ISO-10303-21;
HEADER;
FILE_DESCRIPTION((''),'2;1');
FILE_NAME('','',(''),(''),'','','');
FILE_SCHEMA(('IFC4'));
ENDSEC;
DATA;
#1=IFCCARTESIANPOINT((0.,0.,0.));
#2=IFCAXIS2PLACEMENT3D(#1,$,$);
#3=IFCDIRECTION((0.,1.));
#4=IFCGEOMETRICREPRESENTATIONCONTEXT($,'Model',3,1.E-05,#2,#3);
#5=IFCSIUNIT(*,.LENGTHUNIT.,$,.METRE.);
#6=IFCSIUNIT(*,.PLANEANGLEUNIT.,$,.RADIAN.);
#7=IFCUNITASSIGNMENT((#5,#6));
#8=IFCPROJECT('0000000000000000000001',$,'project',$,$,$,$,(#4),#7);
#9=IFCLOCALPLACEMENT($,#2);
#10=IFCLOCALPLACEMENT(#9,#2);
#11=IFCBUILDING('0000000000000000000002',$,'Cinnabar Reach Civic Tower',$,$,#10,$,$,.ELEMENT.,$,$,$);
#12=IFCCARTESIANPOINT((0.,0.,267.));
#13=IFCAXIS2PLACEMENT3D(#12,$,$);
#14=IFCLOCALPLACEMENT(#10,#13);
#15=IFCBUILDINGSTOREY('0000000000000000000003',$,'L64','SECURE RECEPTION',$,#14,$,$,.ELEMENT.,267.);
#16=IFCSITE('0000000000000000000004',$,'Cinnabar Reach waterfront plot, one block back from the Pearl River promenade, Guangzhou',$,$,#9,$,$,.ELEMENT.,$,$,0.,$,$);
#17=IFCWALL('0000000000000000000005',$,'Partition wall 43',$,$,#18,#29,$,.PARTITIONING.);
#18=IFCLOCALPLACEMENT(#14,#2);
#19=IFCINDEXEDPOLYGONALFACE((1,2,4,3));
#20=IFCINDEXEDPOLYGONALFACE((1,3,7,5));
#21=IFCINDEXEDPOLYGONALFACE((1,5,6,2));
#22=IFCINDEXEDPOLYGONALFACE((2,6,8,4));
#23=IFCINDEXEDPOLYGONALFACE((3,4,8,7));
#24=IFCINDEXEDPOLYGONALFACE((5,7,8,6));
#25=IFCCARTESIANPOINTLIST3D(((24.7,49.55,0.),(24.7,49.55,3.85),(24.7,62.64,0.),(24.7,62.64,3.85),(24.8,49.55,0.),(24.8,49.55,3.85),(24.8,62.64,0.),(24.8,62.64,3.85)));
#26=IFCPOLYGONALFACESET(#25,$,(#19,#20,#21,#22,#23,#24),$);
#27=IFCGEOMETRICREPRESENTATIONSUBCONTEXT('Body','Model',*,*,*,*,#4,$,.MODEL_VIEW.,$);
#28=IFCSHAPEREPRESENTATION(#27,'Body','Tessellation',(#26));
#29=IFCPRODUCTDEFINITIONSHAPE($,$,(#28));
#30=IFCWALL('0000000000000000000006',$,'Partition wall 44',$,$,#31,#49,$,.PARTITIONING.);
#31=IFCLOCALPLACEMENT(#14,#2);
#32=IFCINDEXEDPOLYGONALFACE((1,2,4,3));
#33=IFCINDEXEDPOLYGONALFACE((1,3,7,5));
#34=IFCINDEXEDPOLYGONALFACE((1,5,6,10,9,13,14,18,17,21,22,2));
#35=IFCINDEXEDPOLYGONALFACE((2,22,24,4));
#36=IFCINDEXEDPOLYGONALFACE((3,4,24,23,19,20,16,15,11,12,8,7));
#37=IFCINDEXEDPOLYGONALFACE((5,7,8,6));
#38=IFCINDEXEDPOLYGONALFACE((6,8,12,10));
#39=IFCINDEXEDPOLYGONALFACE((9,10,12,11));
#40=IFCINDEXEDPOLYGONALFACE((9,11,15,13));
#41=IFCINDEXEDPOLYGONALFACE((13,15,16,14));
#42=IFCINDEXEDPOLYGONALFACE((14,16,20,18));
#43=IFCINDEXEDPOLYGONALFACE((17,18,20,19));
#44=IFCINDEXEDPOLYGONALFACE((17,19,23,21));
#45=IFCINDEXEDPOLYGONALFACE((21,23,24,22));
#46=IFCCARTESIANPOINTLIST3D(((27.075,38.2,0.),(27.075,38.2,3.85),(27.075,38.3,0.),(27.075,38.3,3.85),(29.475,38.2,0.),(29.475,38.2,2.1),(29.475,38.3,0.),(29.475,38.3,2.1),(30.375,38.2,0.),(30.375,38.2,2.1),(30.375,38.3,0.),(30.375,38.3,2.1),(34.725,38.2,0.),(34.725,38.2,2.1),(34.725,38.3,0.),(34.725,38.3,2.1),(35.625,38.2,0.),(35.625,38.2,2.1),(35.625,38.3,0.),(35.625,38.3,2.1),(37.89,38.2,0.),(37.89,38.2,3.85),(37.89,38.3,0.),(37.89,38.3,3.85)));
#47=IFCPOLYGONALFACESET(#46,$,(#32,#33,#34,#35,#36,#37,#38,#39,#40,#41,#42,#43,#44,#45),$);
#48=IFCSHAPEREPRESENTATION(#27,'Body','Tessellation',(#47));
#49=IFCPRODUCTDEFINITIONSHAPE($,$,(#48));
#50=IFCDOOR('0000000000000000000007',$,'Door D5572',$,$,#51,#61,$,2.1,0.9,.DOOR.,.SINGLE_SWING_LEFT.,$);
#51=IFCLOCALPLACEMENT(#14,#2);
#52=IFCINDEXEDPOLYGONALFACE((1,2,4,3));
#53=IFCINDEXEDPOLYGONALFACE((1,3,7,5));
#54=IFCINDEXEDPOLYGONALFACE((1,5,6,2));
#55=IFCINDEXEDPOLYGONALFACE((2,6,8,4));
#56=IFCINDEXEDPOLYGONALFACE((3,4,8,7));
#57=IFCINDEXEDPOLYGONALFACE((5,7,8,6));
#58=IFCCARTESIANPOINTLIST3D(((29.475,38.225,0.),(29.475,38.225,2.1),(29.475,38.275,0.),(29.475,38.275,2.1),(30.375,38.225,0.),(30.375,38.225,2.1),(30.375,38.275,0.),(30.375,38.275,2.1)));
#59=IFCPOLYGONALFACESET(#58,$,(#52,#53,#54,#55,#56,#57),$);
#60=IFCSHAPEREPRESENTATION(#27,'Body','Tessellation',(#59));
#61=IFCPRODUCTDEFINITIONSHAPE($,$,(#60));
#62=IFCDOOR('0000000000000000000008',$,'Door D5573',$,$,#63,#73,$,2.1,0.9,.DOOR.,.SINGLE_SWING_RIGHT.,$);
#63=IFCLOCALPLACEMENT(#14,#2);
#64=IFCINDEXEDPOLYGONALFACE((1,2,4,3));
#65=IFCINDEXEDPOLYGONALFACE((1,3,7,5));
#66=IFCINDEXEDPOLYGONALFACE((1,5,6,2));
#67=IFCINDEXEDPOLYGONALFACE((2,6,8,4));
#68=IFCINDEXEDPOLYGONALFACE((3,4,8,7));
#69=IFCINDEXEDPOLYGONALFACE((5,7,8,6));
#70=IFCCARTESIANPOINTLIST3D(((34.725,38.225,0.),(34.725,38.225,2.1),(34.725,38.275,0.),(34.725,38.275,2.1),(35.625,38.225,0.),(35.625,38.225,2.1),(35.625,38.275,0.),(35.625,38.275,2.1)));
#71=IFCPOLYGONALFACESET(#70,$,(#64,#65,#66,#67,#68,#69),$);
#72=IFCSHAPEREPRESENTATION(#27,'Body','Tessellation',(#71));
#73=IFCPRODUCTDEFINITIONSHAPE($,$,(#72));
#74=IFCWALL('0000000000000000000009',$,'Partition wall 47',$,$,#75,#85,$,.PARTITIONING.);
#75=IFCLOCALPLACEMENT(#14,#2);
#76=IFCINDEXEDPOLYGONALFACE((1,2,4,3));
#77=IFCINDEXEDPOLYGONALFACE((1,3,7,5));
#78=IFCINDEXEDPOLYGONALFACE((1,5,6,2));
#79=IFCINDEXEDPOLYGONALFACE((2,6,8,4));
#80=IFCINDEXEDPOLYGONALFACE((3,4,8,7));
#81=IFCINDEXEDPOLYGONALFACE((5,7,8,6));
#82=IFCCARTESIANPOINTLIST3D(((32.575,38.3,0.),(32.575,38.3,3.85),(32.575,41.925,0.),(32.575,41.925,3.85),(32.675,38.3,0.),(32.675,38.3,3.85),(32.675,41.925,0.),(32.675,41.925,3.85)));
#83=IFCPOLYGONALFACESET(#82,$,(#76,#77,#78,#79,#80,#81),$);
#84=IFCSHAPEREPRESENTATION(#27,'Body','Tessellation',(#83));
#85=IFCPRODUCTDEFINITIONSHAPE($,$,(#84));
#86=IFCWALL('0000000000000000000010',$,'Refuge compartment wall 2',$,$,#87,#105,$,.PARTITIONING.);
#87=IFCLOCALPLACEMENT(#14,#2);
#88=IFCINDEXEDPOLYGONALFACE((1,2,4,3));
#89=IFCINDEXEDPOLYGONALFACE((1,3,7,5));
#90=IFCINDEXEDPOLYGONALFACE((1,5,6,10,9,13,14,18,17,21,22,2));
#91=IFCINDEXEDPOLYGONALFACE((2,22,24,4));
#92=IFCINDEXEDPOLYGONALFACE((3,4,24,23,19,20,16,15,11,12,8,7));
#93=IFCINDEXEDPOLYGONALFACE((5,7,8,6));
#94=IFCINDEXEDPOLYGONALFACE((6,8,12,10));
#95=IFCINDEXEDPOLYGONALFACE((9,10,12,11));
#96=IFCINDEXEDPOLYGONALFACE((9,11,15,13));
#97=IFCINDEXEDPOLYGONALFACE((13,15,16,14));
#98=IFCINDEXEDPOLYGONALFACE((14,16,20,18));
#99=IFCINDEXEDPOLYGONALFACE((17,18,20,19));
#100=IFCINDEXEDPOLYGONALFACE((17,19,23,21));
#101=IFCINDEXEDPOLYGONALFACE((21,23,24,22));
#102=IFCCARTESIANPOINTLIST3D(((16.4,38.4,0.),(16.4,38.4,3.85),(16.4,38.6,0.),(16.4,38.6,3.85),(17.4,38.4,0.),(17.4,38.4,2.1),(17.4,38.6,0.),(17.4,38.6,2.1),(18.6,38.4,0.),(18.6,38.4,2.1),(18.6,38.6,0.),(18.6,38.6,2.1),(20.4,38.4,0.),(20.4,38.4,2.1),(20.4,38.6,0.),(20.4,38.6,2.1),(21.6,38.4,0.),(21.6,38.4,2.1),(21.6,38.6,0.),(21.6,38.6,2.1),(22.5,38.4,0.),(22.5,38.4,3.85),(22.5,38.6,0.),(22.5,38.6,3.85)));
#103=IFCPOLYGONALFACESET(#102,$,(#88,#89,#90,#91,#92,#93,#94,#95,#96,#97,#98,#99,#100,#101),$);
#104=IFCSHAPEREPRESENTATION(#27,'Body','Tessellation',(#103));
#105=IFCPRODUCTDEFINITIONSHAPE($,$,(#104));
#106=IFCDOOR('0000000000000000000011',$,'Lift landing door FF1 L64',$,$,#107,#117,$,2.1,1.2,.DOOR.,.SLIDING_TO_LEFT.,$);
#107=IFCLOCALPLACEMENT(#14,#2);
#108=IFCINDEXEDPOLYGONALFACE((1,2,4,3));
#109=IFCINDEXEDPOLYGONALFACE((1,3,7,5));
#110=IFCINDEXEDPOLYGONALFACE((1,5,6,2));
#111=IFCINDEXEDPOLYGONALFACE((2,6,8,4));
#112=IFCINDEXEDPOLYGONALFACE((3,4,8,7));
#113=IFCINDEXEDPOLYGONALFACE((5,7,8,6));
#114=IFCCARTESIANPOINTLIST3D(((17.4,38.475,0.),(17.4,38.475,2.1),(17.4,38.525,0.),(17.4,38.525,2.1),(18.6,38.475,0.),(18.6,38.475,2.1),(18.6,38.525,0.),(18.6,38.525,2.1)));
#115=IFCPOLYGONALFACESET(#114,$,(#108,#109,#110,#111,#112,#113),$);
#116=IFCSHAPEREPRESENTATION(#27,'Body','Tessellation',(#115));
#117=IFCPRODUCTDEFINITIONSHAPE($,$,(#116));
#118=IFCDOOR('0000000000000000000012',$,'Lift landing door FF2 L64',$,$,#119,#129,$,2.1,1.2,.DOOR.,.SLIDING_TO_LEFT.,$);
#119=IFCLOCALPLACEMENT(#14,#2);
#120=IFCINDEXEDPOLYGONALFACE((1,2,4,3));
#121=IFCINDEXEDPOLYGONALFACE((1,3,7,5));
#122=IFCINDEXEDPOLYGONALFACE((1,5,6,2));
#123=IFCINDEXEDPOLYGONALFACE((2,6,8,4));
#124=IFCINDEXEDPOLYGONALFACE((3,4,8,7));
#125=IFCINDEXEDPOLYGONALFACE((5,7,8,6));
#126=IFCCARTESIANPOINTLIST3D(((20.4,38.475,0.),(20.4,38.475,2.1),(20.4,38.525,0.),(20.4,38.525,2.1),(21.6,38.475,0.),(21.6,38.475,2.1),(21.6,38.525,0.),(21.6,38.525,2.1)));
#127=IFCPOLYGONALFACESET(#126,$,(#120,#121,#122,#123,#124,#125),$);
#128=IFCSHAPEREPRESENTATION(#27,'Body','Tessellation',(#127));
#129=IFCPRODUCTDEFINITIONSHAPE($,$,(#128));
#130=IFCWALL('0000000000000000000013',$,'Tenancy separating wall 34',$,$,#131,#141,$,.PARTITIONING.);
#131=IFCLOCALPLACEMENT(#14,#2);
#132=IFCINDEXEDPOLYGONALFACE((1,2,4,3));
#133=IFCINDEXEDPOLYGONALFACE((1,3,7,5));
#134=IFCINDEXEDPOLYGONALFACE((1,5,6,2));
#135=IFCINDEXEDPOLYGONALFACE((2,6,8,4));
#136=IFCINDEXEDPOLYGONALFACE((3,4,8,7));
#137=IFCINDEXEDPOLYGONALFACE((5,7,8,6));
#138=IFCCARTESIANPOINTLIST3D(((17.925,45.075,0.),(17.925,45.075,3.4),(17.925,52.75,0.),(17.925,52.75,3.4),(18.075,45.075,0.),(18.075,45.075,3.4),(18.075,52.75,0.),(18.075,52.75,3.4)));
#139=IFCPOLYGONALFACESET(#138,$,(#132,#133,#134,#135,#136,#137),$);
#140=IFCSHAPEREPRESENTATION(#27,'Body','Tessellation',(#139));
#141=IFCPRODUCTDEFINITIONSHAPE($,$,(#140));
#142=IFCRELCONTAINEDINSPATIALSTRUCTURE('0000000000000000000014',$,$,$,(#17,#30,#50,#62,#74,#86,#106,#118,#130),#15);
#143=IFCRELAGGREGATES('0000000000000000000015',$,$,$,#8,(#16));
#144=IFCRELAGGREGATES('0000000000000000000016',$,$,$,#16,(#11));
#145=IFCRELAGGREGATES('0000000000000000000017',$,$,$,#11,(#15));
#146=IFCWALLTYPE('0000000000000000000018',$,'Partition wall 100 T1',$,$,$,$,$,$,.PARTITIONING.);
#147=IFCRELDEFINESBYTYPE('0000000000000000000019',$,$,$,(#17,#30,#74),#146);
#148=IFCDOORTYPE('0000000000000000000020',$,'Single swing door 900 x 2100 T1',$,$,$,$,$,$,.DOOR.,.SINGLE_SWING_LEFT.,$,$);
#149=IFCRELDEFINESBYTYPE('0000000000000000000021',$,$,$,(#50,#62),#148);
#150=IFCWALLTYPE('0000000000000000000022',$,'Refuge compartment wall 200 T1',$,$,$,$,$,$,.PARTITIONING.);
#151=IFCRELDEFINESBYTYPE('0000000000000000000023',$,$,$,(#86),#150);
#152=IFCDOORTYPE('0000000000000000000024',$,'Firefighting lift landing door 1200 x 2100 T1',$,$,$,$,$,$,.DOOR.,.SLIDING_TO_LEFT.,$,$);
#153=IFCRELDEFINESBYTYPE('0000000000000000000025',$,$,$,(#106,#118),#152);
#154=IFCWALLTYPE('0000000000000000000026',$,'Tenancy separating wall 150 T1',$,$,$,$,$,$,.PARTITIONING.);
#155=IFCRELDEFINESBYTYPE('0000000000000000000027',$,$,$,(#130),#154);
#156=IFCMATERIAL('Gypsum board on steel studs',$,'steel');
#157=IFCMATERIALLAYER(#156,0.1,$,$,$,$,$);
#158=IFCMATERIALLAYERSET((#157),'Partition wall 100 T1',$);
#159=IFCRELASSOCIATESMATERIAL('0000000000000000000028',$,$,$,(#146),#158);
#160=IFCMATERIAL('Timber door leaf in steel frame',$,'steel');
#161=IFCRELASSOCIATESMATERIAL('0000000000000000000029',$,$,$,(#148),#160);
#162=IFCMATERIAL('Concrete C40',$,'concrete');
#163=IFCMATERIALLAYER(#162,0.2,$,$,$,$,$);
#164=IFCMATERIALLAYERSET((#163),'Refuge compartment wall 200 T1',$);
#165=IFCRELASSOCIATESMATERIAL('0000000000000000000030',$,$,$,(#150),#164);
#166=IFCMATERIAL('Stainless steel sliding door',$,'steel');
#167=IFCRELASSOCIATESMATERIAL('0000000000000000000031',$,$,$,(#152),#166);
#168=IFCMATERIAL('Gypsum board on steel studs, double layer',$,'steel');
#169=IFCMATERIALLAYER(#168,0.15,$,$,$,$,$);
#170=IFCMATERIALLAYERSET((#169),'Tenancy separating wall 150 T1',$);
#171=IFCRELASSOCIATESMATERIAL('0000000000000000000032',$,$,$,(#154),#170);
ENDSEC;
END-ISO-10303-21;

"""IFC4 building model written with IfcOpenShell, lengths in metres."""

from ifc_helpers import new_model, si_unit, direction, frame, frame_2d, origin, place, context, subcontext, project, spatial, rectangle, extrude, material, layer, layer_set, type_object, element, fill, save


model = new_model("IFC4")

# Units and contexts
model_context = context("Model", 3, precision=1e-05, world=origin(), true_north=direction((0.0, 1.0)))
body_context = subcontext(model_context, "Body", "Model", "MODEL_VIEW")
ifc_project = project(units=[si_unit("LENGTHUNIT", "METRE"), si_unit("PLANEANGLEUNIT", "RADIAN")], contexts=[model_context])

# Site, building, storey
site_placement = place(None, origin())
site = spatial("IfcSite", under=ifc_project, at=site_placement, Name="Cinnabar Reach waterfront plot, one block back from the Pearl River promenade, Guangzhou", CompositionType="ELEMENT", RefElevation=0.0)
building_placement = place(site_placement, origin())
building = spatial("IfcBuilding", under=site, at=building_placement, Name="Cinnabar Reach Civic Tower", CompositionType="ELEMENT")
storey_placement = place(building_placement, frame((0.0, 0.0, 267.0)))
storey = spatial("IfcBuildingStorey", under=building, at=storey_placement, Name="L64", Description="SECURE RECEPTION", CompositionType="ELEMENT", Elevation=267.0)

# Shared definitions
ifc_material_1 = material(Name="Gypsum board on steel studs, double layer", Category="steel")

# Shared definitions
ifc_material_2 = material(Name="Gypsum board on steel studs", Category="steel")
ifc_layer_1 = layer(ifc_material_2, 0.1)
ifc_layer_set_1 = layer_set([ifc_layer_1], Name="Partition wall 100 T1")
wall_type_1 = type_object("IfcWallType", Name="Partition wall 100 T1", PredefinedType="PARTITIONING", material=ifc_layer_set_1)
ifc_material_3 = material(Name="Timber door leaf in steel frame", Category="steel")
door_type_1 = type_object("IfcDoorType", Name="Single swing door 900 x 2100 T1", OperationType="SINGLE_SWING_LEFT", PredefinedType="DOOR", material=ifc_material_3)

# Wall
wall_1_placement = place(storey_placement, frame((24.75, 49.55, 0.0), z_axis=(0.0, 0.0, 1.0), x_axis=(0.0, 1.0, 0.0)))
element("IfcWall", 1, at=wall_1_placement, inside=storey, type_object=wall_type_1, Name="Partition wall 43", PredefinedType="PARTITIONING", context=body_context, shape_type="SweptSolid", body=[
    extrude(rectangle(XDim=13.09, YDim=0.1, at=frame_2d((6.545, 0.0))), origin(), (0.0, 0.0, 1.0), 3.85),
])

# Wall, openings, doors
wall_2_placement = place(storey_placement, frame((27.075, 38.25, 0.0), z_axis=(0.0, 0.0, 1.0), x_axis=(1.0, 0.0, 0.0)))
wall_2 = element("IfcWall", 2, at=wall_2_placement, inside=storey, type_object=wall_type_1, Name="Partition wall 44", PredefinedType="PARTITIONING", context=body_context, shape_type="SweptSolid", body=[
    extrude(rectangle(XDim=10.815, YDim=0.1, at=frame_2d((5.4075, 0.0))), origin(), (0.0, 0.0, 1.0), 3.85),
])
opening_1_placement = place(wall_2_placement, frame((2.4, 0.0, 0.0)))
opening_1 = element("IfcOpeningElement", 3, at=opening_1_placement, cuts=wall_2, PredefinedType="OPENING", context=body_context, shape_type="SweptSolid", body=[
    extrude(rectangle(XDim=0.9, YDim=2.1, at=frame_2d((0.45, 1.05))), frame((0.0, 0.06, 0.0), z_axis=(0.0, -1.0, 0.0), x_axis=(1.0, 0.0, 0.0)), (0.0, 0.0, 1.0), 0.12),
])
opening_2_placement = place(wall_2_placement, frame((7.65, 0.0, 0.0)))
opening_2 = element("IfcOpeningElement", 4, at=opening_2_placement, cuts=wall_2, PredefinedType="OPENING", context=body_context, shape_type="SweptSolid", body=[
    extrude(rectangle(XDim=0.9, YDim=2.1, at=frame_2d((0.45, 1.05))), frame((0.0, 0.06, 0.0), z_axis=(0.0, -1.0, 0.0), x_axis=(1.0, 0.0, 0.0)), (0.0, 0.0, 1.0), 0.12),
])
door_1_placement = place(opening_1_placement, origin())
door_1 = element("IfcDoor", 5, at=door_1_placement, inside=storey, type_object=door_type_1, Name="Door D5572", OperationType="SINGLE_SWING_LEFT", OverallHeight=2.1, OverallWidth=0.9, PredefinedType="DOOR", context=body_context, shape_type="SweptSolid", body=[
    extrude(rectangle(XDim=0.9, YDim=2.1, at=frame_2d((0.45, 1.05))), frame((0.0, 0.025, 0.0), z_axis=(0.0, -1.0, 0.0), x_axis=(1.0, 0.0, 0.0)), (0.0, 0.0, 1.0), 0.05),
])
fill(opening_1, door_1)
door_2_placement = place(opening_2_placement, origin())
door_2 = element("IfcDoor", 6, at=door_2_placement, inside=storey, type_object=door_type_1, Name="Door D5573", OperationType="SINGLE_SWING_RIGHT", OverallHeight=2.1, OverallWidth=0.9, PredefinedType="DOOR", context=body_context, shape_type="SweptSolid", body=[
    extrude(rectangle(XDim=0.9, YDim=2.1, at=frame_2d((0.45, 1.05))), frame((0.0, 0.025, 0.0), z_axis=(0.0, -1.0, 0.0), x_axis=(1.0, 0.0, 0.0)), (0.0, 0.0, 1.0), 0.05),
])
fill(opening_2, door_2)

# Wall
wall_3_placement = place(storey_placement, frame((32.625, 38.3, 0.0), z_axis=(0.0, 0.0, 1.0), x_axis=(0.0, 1.0, 0.0)))
element("IfcWall", 7, at=wall_3_placement, inside=storey, type_object=wall_type_1, Name="Partition wall 47", PredefinedType="PARTITIONING", context=body_context, shape_type="SweptSolid", body=[
    extrude(rectangle(XDim=3.625, YDim=0.1, at=frame_2d((1.8125, 0.0))), origin(), (0.0, 0.0, 1.0), 3.85),
])

# Wall, openings, doors
ifc_material_4 = material(Name="Concrete C40", Category="concrete")
ifc_layer_2 = layer(ifc_material_4, 0.2)
ifc_layer_set_2 = layer_set([ifc_layer_2], Name="Refuge compartment wall 200 T1")
wall_type_2 = type_object("IfcWallType", Name="Refuge compartment wall 200 T1", PredefinedType="PARTITIONING", material=ifc_layer_set_2)
wall_4_placement = place(storey_placement, frame((16.4, 38.5, 0.0), z_axis=(0.0, 0.0, 1.0), x_axis=(1.0, 0.0, 0.0)))
wall_4 = element("IfcWall", 8, at=wall_4_placement, inside=storey, type_object=wall_type_2, Name="Refuge compartment wall 2", PredefinedType="PARTITIONING", context=body_context, shape_type="SweptSolid", body=[
    extrude(rectangle(XDim=6.1, YDim=0.2, at=frame_2d((3.05, 0.0))), origin(), (0.0, 0.0, 1.0), 3.85),
])
opening_3_placement = place(wall_4_placement, frame((1.0, 0.0, 0.0)))
opening_3 = element("IfcOpeningElement", 9, at=opening_3_placement, cuts=wall_4, PredefinedType="OPENING", context=body_context, shape_type="SweptSolid", body=[
    extrude(rectangle(XDim=1.2, YDim=2.1, at=frame_2d((0.6, 1.05))), frame((0.0, 0.11, 0.0), z_axis=(0.0, -1.0, 0.0), x_axis=(1.0, 0.0, 0.0)), (0.0, 0.0, 1.0), 0.22),
])
opening_4_placement = place(wall_4_placement, frame((4.0, 0.0, 0.0)))
opening_4 = element("IfcOpeningElement", 10, at=opening_4_placement, cuts=wall_4, PredefinedType="OPENING", context=body_context, shape_type="SweptSolid", body=[
    extrude(rectangle(XDim=1.2, YDim=2.1, at=frame_2d((0.6, 1.05))), frame((0.0, 0.11, 0.0), z_axis=(0.0, -1.0, 0.0), x_axis=(1.0, 0.0, 0.0)), (0.0, 0.0, 1.0), 0.22),
])
ifc_material_5 = material(Name="Stainless steel sliding door", Category="steel")
door_type_2 = type_object("IfcDoorType", Name="Firefighting lift landing door 1200 x 2100 T1", OperationType="SLIDING_TO_LEFT", PredefinedType="DOOR", material=ifc_material_5)
door_3_placement = place(opening_3_placement, origin())
door_3 = element("IfcDoor", 11, at=door_3_placement, inside=storey, type_object=door_type_2, Name="Lift landing door FF1 L64", OperationType="SLIDING_TO_LEFT", OverallHeight=2.1, OverallWidth=1.2, PredefinedType="DOOR", context=body_context, shape_type="SweptSolid", body=[
    extrude(rectangle(XDim=1.2, YDim=2.1, at=frame_2d((0.6, 1.05))), frame((0.0, 0.025, 0.0), z_axis=(0.0, -1.0, 0.0), x_axis=(1.0, 0.0, 0.0)), (0.0, 0.0, 1.0), 0.05),
])
fill(opening_3, door_3)
door_4_placement = place(opening_4_placement, origin())
door_4 = element("IfcDoor", 12, at=door_4_placement, inside=storey, type_object=door_type_2, Name="Lift landing door FF2 L64", OperationType="SLIDING_TO_LEFT", OverallHeight=2.1, OverallWidth=1.2, PredefinedType="DOOR", context=body_context, shape_type="SweptSolid", body=[
    extrude(rectangle(XDim=1.2, YDim=2.1, at=frame_2d((0.6, 1.05))), frame((0.0, 0.025, 0.0), z_axis=(0.0, -1.0, 0.0), x_axis=(1.0, 0.0, 0.0)), (0.0, 0.0, 1.0), 0.05),
])
fill(opening_4, door_4)

# Wall
ifc_layer_3 = layer(ifc_material_1, 0.15)
ifc_layer_set_3 = layer_set([ifc_layer_3], Name="Tenancy separating wall 150 T1")
wall_type_3 = type_object("IfcWallType", Name="Tenancy separating wall 150 T1", PredefinedType="PARTITIONING", material=ifc_layer_set_3)
wall_5_placement = place(storey_placement, frame((18.0, 45.075, 0.0), z_axis=(0.0, 0.0, 1.0), x_axis=(0.0, 1.0, 0.0)))
element("IfcWall", 13, at=wall_5_placement, inside=storey, type_object=wall_type_3, Name="Tenancy separating wall 34", PredefinedType="PARTITIONING", context=body_context, shape_type="SweptSolid", body=[
    extrude(rectangle(XDim=7.675, YDim=0.15, at=frame_2d((3.8375, 0.0))), origin(), (0.0, 0.0, 1.0), 3.4),
])

save(model, "model.ifc")
